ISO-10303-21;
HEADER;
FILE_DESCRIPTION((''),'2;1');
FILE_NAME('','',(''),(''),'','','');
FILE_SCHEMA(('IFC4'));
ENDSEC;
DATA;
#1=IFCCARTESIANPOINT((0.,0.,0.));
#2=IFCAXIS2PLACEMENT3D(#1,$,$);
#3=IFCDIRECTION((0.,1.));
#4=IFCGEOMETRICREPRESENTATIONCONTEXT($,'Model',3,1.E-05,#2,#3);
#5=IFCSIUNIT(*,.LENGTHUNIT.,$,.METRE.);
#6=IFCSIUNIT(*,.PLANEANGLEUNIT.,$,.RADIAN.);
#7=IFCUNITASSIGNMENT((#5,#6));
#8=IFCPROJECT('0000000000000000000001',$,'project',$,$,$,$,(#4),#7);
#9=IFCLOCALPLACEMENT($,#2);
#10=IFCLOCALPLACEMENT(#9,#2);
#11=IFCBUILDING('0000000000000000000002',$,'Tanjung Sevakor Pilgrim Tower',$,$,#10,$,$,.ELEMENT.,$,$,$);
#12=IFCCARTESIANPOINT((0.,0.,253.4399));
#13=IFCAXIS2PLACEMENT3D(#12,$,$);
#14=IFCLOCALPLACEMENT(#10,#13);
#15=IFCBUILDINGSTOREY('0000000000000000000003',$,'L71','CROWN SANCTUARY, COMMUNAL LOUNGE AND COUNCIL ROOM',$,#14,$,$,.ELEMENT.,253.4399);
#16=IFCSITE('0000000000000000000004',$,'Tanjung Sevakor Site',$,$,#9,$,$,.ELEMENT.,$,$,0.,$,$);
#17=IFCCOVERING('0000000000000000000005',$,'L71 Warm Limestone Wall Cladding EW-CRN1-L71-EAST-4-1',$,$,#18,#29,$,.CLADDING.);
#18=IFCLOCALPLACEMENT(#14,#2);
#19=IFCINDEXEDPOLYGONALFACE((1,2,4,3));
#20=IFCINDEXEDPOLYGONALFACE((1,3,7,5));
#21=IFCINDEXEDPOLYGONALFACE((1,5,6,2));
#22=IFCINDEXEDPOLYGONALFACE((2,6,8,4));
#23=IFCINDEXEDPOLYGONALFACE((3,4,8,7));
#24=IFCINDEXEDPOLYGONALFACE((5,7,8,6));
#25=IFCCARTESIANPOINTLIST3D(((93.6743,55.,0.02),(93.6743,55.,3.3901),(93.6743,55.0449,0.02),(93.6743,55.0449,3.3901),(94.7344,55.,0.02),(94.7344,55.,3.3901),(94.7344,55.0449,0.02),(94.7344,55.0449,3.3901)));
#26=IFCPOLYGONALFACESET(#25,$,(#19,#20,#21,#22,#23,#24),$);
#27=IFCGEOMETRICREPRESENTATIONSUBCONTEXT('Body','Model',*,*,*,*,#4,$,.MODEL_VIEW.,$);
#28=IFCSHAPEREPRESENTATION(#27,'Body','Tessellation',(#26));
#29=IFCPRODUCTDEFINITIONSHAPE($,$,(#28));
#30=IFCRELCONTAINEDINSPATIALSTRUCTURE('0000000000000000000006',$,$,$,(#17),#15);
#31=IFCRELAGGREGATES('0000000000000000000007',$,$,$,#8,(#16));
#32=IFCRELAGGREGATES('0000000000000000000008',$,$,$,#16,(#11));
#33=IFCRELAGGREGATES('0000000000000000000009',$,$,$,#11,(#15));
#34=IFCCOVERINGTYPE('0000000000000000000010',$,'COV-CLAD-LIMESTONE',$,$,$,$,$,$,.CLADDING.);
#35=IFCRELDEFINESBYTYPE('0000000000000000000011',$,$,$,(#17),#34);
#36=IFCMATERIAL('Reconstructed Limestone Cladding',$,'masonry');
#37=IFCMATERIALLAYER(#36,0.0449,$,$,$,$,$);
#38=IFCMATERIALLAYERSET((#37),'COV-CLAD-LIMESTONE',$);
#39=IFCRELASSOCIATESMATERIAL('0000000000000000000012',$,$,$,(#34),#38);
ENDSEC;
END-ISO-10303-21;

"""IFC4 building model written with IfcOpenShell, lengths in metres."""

from ifc_helpers import new_model, si_unit, direction, frame, origin, origin_2d, place, context, subcontext, project, spatial, rectangle, extrude, material, layer, layer_set, type_object, element, save


model = new_model("IFC4")

# Units and contexts
model_context = context("Model", 3, precision=1e-05, world=origin(), true_north=direction((0.0, 1.0)))
body_context = subcontext(model_context, "Body", "Model", "MODEL_VIEW")
ifc_project = project(units=[si_unit("LENGTHUNIT", "METRE"), si_unit("PLANEANGLEUNIT", "RADIAN")], contexts=[model_context])

# Site, building, storey
site_placement = place(None, origin())
site = spatial("IfcSite", under=ifc_project, at=site_placement, Name="Tanjung Sevakor Site", CompositionType="ELEMENT", RefElevation=0.0)
building_placement = place(site_placement, origin())
building = spatial("IfcBuilding", under=site, at=building_placement, Name="Tanjung Sevakor Pilgrim Tower", CompositionType="ELEMENT")
storey_placement = place(building_placement, frame((0.0, 0.0, 253.4399)))
storey = spatial("IfcBuildingStorey", under=building, at=storey_placement, Name="L71", Description="CROWN SANCTUARY, COMMUNAL LOUNGE AND COUNCIL ROOM", CompositionType="ELEMENT", Elevation=253.4399)

# Covering
ifc_material_1 = material(Name="Reconstructed Limestone Cladding", Category="masonry")
ifc_layer_1 = layer(ifc_material_1, 0.0449)
ifc_layer_set_1 = layer_set([ifc_layer_1], Name="COV-CLAD-LIMESTONE")
covering_type = type_object("IfcCoveringType", Name="COV-CLAD-LIMESTONE", PredefinedType="CLADDING", material=ifc_layer_set_1)
for number, where, z_axis, x_axis, name in (
    (1, (94.2043, 55.0225, 0.02), (0.0, 0.0, 1.0), (-1.0, 0.0, 0.0), "L71 Warm Limestone Wall Cladding EW-CRN1-L71-EAST-4-1"),
):
    element("IfcCovering", number, at=place(storey_placement, frame(where, z_axis=z_axis, x_axis=x_axis)), inside=storey, type_object=covering_type, Name=name, PredefinedType="CLADDING", context=body_context, shape_type="SweptSolid", body=[
        extrude(rectangle(XDim=1.0601, YDim=0.0449, at=origin_2d()), origin(), (0.0, 0.0, 1.0), 3.3701),
    ])

save(model, "model.ifc")
